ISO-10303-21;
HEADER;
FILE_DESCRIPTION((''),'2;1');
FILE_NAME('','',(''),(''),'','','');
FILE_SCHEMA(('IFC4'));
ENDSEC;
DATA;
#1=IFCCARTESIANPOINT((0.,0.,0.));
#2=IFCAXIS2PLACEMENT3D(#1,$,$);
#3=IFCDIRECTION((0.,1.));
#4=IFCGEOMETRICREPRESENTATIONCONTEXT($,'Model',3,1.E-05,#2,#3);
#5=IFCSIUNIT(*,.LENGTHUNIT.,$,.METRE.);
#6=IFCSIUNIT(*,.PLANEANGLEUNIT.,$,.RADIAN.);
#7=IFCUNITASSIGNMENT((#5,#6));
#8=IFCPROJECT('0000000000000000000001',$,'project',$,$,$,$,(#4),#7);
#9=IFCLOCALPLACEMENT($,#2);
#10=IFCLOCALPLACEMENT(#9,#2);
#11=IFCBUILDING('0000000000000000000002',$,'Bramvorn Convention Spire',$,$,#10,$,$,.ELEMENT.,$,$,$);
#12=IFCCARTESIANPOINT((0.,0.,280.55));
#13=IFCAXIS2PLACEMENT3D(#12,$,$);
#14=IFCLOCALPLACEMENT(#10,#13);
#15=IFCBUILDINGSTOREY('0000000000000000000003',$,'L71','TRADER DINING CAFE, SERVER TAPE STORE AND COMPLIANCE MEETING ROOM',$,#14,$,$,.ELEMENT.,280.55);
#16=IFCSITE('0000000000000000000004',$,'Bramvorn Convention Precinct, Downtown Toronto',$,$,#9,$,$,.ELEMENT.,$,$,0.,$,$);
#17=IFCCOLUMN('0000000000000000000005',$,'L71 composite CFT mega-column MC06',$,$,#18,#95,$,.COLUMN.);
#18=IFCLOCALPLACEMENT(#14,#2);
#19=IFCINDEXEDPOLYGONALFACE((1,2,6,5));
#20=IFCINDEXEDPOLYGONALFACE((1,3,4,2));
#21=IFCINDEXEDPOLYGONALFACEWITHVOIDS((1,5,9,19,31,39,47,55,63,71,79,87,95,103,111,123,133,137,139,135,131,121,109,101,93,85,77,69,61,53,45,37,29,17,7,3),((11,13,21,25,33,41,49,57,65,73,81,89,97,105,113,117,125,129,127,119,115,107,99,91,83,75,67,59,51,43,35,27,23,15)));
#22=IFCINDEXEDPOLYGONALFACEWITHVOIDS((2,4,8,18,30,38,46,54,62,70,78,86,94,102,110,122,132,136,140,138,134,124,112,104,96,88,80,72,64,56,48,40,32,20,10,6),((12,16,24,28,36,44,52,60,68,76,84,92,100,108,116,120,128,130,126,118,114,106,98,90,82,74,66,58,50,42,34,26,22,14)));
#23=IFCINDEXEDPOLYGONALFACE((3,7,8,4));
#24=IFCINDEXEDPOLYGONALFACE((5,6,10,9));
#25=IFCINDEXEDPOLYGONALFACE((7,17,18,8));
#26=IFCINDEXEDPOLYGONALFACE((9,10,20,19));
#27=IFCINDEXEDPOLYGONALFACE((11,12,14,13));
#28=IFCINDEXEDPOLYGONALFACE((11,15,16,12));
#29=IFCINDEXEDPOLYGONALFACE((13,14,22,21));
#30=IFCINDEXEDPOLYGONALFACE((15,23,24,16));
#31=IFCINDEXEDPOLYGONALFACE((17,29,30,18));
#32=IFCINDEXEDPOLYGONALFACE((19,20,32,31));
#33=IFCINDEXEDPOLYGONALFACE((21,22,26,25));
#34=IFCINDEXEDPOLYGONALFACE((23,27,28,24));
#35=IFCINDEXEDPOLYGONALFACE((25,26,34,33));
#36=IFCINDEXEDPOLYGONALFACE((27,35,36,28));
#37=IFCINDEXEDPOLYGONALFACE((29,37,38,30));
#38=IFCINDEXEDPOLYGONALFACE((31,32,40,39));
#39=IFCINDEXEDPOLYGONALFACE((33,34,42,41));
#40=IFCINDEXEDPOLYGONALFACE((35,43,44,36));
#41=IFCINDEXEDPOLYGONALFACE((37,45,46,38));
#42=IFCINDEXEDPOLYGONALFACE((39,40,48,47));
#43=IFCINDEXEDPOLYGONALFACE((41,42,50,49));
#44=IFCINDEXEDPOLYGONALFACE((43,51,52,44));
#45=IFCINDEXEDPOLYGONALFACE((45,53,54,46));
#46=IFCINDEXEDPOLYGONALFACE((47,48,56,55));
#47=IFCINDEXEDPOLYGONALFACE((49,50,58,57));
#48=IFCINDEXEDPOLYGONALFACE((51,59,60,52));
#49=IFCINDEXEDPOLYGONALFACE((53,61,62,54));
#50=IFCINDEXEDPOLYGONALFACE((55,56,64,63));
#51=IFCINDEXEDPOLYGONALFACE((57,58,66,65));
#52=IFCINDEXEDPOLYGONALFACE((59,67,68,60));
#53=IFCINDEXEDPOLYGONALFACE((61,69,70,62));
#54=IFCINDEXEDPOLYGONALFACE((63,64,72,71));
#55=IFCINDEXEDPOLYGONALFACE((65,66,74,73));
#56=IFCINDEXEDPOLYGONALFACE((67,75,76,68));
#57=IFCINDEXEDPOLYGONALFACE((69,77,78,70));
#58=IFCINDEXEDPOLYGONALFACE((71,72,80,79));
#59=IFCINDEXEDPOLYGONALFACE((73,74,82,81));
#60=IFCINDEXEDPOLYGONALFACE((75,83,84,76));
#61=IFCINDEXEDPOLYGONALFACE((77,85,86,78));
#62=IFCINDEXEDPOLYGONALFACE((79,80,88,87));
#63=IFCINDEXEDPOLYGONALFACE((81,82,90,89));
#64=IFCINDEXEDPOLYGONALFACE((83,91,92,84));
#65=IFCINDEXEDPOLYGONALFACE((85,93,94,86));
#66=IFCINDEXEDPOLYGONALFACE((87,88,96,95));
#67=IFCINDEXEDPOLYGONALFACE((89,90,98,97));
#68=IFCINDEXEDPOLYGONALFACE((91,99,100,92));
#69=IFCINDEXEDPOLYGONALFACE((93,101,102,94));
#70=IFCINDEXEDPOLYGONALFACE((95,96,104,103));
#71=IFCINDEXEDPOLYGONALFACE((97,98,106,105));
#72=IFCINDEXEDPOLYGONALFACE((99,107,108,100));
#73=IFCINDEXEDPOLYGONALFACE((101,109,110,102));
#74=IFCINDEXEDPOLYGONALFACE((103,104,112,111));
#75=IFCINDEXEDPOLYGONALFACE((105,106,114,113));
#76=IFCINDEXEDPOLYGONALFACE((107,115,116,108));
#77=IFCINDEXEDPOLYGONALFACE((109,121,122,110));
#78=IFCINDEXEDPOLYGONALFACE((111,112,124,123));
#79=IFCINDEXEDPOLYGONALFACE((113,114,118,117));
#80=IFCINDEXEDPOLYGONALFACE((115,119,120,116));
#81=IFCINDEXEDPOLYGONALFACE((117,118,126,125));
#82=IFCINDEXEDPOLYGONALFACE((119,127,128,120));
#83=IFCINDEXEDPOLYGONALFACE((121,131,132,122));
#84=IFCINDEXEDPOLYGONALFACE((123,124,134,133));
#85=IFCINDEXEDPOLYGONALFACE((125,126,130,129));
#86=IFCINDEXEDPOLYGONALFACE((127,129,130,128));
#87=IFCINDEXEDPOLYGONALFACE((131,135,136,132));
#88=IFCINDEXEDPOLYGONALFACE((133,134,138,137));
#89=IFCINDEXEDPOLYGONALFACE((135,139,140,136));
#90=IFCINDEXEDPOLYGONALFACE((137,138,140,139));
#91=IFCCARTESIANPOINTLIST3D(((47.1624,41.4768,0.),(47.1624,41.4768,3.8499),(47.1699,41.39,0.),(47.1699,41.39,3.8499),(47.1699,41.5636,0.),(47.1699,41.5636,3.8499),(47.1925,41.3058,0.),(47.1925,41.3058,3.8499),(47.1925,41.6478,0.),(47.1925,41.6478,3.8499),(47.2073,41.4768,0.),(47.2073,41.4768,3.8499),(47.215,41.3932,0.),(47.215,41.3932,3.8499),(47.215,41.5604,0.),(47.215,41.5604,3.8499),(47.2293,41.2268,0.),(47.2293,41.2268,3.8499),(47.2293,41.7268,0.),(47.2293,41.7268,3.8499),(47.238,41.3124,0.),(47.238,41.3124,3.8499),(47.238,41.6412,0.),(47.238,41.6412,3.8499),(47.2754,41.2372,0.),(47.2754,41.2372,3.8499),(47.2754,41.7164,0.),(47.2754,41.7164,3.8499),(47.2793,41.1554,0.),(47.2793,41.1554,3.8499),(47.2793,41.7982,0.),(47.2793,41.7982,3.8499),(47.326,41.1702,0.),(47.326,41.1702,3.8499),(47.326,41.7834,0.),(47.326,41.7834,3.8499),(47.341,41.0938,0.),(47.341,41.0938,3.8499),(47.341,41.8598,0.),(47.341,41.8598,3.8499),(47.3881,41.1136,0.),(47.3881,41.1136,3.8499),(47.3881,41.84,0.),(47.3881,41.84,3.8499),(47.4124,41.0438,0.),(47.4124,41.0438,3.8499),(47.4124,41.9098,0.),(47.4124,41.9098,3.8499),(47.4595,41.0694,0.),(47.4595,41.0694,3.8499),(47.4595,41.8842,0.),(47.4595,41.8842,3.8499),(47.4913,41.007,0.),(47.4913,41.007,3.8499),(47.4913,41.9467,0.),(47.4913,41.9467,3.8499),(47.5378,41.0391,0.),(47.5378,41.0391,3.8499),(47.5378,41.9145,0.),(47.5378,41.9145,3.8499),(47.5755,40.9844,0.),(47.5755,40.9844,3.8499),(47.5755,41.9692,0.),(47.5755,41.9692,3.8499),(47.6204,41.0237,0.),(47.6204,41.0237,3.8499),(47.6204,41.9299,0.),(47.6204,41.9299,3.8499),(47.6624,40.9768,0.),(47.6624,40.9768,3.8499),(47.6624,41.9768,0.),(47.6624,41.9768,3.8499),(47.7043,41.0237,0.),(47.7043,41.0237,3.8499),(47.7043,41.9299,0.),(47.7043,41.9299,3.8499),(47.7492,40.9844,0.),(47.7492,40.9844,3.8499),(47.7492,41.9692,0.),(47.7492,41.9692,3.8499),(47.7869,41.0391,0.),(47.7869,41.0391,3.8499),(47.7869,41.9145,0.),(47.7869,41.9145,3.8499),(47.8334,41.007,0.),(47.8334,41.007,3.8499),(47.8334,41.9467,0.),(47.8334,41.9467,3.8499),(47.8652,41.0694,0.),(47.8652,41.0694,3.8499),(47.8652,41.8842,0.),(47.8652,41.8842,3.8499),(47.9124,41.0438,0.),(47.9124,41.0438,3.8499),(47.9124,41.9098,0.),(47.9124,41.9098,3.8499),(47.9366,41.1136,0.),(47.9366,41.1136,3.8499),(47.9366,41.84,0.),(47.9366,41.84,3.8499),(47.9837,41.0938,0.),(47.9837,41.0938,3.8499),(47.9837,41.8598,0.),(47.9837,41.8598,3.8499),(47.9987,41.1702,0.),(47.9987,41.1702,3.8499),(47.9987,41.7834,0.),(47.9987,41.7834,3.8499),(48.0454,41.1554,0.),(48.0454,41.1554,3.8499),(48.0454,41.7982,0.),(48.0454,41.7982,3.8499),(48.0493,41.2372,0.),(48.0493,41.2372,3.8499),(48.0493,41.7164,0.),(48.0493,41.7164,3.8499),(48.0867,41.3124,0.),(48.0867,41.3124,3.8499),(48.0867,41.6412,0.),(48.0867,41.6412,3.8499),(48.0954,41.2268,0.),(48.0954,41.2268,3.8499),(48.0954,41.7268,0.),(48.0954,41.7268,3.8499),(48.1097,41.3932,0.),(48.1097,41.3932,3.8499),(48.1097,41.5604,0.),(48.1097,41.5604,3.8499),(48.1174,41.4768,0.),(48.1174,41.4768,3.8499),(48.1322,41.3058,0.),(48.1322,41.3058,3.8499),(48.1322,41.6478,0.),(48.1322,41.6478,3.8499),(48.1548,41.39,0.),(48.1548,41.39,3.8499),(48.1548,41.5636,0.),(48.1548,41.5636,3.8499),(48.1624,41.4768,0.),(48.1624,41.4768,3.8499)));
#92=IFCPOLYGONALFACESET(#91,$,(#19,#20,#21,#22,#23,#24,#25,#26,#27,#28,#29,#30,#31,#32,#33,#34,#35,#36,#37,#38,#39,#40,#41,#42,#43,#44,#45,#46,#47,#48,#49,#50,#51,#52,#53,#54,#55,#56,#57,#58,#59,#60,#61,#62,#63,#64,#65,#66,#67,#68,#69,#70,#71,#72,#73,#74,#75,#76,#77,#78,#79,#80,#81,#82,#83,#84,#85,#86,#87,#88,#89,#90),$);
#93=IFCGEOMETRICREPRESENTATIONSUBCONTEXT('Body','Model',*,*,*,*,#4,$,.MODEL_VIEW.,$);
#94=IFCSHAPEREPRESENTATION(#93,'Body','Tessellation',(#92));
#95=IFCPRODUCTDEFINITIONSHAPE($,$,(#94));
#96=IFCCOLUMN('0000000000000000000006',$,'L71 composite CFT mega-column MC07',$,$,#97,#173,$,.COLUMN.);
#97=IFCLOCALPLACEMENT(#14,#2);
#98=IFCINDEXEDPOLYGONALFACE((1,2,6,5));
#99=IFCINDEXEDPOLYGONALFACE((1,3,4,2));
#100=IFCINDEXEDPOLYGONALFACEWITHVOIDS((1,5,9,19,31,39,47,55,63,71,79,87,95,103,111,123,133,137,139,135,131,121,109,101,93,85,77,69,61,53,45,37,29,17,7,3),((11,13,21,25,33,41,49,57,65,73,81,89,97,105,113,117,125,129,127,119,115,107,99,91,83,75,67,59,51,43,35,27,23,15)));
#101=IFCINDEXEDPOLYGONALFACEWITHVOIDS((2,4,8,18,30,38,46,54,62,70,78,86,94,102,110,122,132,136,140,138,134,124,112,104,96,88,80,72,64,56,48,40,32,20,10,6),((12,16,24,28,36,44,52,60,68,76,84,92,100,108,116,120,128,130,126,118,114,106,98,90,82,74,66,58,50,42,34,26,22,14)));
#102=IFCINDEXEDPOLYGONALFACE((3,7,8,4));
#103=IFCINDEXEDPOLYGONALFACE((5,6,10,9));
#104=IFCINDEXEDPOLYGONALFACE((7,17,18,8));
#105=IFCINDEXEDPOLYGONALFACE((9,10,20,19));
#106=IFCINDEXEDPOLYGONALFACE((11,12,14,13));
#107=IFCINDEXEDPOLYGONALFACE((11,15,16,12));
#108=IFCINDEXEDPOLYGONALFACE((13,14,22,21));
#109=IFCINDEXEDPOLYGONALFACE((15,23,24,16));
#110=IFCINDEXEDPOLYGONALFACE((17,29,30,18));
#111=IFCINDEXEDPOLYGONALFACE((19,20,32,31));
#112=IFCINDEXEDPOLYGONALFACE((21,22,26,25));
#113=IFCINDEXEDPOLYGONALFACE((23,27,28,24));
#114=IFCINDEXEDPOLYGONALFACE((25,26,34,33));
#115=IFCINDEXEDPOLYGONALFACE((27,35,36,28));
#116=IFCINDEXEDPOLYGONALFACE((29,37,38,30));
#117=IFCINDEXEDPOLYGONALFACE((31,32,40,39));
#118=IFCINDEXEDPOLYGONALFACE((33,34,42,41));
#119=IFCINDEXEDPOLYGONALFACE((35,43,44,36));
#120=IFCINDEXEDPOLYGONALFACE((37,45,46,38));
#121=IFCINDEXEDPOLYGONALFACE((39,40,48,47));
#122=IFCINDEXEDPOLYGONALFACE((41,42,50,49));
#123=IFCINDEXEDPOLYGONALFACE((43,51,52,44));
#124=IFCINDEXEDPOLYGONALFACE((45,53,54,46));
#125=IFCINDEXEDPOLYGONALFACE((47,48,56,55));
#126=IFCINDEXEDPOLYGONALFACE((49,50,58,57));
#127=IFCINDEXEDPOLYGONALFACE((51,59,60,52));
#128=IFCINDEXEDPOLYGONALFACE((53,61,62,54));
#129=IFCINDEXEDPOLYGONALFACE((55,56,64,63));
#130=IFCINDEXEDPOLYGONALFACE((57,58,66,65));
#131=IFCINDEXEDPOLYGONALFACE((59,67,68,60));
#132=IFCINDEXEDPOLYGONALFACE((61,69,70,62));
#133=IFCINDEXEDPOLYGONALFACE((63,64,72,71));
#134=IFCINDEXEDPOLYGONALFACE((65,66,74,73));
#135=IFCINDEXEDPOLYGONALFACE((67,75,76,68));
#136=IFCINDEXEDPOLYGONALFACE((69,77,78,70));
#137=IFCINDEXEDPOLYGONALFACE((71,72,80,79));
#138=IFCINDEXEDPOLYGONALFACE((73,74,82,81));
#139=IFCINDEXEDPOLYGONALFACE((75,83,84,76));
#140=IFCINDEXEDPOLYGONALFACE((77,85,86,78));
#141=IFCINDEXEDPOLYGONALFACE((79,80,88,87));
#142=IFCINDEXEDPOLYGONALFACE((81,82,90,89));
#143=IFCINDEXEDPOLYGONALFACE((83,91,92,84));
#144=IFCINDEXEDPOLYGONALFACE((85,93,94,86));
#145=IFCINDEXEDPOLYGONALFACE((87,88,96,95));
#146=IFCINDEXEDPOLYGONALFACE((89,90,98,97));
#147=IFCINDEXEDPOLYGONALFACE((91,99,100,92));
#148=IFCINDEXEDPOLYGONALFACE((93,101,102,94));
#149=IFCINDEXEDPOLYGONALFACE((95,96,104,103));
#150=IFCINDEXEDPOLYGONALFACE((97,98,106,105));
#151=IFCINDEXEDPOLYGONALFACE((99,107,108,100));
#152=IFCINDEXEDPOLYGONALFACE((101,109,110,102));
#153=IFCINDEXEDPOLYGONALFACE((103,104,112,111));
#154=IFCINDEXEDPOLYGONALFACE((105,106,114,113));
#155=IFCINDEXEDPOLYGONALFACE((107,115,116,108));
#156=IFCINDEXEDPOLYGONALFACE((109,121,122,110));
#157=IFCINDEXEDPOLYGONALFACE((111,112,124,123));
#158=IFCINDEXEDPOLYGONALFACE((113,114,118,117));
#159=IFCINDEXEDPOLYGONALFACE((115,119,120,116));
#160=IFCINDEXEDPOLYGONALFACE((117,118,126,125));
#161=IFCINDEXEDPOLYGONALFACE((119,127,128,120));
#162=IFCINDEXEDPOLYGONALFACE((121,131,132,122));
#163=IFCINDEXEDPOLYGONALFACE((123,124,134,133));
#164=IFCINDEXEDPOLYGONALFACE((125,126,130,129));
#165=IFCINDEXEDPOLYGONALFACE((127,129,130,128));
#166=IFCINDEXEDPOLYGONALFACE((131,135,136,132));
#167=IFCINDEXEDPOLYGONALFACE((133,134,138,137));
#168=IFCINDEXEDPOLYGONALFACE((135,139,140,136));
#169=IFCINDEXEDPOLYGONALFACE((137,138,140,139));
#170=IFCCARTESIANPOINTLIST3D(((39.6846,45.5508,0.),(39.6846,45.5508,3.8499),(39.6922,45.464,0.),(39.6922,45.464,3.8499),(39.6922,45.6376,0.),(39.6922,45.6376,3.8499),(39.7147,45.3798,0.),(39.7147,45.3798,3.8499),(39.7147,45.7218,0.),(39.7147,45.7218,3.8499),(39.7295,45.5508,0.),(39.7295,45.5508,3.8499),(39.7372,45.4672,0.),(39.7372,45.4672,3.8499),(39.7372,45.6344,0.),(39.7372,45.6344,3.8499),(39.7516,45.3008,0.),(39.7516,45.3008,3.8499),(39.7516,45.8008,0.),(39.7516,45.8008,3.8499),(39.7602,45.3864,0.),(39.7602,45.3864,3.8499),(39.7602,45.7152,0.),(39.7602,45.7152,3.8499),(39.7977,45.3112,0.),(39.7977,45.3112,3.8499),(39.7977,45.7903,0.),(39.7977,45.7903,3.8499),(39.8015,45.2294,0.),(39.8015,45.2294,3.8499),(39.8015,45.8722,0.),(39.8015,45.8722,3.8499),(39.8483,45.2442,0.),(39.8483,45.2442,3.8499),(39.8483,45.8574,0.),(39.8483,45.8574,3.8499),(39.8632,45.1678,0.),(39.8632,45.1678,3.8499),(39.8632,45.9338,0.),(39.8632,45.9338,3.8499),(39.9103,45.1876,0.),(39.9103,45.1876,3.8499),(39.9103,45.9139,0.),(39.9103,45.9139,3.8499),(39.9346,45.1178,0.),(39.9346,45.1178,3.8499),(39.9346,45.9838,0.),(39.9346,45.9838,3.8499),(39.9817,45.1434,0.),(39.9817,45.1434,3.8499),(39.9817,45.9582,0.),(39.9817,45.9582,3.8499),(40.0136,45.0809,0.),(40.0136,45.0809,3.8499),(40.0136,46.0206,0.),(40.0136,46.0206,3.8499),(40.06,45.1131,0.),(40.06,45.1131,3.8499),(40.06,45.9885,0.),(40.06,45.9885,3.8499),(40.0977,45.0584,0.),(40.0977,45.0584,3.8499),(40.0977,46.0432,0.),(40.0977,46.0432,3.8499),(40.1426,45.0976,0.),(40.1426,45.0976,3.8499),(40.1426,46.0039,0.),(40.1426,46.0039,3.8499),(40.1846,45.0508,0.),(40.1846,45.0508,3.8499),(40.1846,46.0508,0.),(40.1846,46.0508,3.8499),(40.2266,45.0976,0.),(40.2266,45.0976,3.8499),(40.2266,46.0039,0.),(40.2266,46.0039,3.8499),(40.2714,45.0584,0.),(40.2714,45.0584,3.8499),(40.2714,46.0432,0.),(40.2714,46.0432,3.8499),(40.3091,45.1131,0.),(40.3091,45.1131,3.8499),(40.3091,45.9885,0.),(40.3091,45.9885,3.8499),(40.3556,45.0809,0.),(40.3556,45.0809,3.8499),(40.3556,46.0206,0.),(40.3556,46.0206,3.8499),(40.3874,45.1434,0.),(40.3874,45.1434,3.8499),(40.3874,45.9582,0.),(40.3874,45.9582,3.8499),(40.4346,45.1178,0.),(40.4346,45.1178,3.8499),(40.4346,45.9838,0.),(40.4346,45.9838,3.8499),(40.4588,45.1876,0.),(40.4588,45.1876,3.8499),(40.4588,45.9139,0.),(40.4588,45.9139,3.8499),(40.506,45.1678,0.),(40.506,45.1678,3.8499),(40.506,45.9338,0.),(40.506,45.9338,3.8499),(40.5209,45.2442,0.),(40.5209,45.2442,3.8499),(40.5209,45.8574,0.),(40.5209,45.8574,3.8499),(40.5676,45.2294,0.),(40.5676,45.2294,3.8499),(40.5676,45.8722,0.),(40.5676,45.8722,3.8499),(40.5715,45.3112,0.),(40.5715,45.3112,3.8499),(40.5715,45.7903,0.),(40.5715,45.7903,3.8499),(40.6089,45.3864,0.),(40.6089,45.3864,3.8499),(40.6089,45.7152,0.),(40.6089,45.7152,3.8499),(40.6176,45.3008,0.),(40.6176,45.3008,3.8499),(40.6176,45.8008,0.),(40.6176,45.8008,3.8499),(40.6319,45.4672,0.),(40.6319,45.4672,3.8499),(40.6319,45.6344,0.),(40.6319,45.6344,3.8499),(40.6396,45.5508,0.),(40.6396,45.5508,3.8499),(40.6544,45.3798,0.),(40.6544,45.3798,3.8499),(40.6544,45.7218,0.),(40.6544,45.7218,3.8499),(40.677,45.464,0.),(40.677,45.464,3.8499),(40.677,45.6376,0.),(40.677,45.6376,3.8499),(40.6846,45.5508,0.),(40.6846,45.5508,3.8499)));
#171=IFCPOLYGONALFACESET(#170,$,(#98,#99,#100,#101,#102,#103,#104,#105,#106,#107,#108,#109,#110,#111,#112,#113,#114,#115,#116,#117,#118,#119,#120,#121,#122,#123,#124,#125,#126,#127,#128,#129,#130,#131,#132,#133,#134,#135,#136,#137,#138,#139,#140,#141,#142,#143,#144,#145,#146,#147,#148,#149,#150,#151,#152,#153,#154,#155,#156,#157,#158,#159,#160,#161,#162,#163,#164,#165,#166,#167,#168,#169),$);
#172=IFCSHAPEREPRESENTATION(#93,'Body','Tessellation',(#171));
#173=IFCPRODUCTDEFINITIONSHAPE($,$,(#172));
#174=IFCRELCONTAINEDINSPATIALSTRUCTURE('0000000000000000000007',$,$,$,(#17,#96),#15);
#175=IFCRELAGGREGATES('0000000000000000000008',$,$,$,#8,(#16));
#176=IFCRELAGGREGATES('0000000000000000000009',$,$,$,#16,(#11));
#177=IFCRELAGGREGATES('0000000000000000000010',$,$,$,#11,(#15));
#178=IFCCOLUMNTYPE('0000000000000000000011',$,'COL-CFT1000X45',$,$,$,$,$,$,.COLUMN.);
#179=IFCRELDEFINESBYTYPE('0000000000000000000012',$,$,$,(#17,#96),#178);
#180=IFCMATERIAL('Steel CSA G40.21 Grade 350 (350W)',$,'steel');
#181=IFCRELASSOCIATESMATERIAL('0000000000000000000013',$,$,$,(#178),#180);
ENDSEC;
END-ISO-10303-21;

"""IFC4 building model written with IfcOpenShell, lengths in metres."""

from ifc_helpers import new_model, si_unit, direction, frame, origin, origin_2d, place, context, subcontext, project, spatial, hollow_circle, extrude, material, material_profile, profile_set, type_object, element, save


model = new_model("IFC4")

# Units and contexts
model_context = context("Model", 3, precision=1e-05, world=origin(), true_north=direction((0.0, 1.0)))
body_context = subcontext(model_context, "Body", "Model", "MODEL_VIEW")
ifc_project = project(units=[si_unit("LENGTHUNIT", "METRE"), si_unit("PLANEANGLEUNIT", "RADIAN")], contexts=[model_context])

# Site, building, storey
site_placement = place(None, origin())
site = spatial("IfcSite", under=ifc_project, at=site_placement, Name="Bramvorn Convention Precinct, Downtown Toronto", CompositionType="ELEMENT", RefElevation=0.0)
building_placement = place(site_placement, origin())
building = spatial("IfcBuilding", under=site, at=building_placement, Name="Bramvorn Convention Spire", CompositionType="ELEMENT")
storey_placement = place(building_placement, frame((0.0, 0.0, 280.55)))
storey = spatial("IfcBuildingStorey", under=building, at=storey_placement, Name="L71", Description="TRADER DINING CAFE, SERVER TAPE STORE AND COMPLIANCE MEETING ROOM", CompositionType="ELEMENT", Elevation=280.55)

# Columns
ifc_material_1 = material(Name="Steel CSA G40.21 Grade 350 (350W)", Category="steel")
ifc_material_profile_1 = material_profile(ifc_material_1, hollow_circle(Radius=0.5, WallThickness=0.0449, at=origin_2d()))
ifc_profile_set_1 = profile_set([ifc_material_profile_1], Name="Steel CSA G40.21 Grade 350 (350W) - CFT1000X45")
column_type = type_object("IfcColumnType", Name="COL-CFT1000X45", PredefinedType="COLUMN", material=ifc_profile_set_1)
for number, where, z_axis, x_axis, name in (
    (1, (47.6624, 41.4768, 0.0), (0.0, 0.0, 1.0), (1.0, 0.0, 0.0), "L71 composite CFT mega-column MC06"),
    (2, (40.1846, 45.5508, 0.0), (0.0, 0.0, 1.0), (1.0, 0.0, 0.0), "L71 composite CFT mega-column MC07"),
):
    element("IfcColumn", number, at=place(storey_placement, frame(where, z_axis=z_axis, x_axis=x_axis)), inside=storey, type_object=column_type, Name=name, PredefinedType="COLUMN", context=body_context, shape_type="SweptSolid", body=[
        extrude(hollow_circle(Radius=0.5, WallThickness=0.0449, at=origin_2d()), origin(), (0.0, 0.0, 1.0), 3.8499),
    ])

save(model, "model.ifc")
